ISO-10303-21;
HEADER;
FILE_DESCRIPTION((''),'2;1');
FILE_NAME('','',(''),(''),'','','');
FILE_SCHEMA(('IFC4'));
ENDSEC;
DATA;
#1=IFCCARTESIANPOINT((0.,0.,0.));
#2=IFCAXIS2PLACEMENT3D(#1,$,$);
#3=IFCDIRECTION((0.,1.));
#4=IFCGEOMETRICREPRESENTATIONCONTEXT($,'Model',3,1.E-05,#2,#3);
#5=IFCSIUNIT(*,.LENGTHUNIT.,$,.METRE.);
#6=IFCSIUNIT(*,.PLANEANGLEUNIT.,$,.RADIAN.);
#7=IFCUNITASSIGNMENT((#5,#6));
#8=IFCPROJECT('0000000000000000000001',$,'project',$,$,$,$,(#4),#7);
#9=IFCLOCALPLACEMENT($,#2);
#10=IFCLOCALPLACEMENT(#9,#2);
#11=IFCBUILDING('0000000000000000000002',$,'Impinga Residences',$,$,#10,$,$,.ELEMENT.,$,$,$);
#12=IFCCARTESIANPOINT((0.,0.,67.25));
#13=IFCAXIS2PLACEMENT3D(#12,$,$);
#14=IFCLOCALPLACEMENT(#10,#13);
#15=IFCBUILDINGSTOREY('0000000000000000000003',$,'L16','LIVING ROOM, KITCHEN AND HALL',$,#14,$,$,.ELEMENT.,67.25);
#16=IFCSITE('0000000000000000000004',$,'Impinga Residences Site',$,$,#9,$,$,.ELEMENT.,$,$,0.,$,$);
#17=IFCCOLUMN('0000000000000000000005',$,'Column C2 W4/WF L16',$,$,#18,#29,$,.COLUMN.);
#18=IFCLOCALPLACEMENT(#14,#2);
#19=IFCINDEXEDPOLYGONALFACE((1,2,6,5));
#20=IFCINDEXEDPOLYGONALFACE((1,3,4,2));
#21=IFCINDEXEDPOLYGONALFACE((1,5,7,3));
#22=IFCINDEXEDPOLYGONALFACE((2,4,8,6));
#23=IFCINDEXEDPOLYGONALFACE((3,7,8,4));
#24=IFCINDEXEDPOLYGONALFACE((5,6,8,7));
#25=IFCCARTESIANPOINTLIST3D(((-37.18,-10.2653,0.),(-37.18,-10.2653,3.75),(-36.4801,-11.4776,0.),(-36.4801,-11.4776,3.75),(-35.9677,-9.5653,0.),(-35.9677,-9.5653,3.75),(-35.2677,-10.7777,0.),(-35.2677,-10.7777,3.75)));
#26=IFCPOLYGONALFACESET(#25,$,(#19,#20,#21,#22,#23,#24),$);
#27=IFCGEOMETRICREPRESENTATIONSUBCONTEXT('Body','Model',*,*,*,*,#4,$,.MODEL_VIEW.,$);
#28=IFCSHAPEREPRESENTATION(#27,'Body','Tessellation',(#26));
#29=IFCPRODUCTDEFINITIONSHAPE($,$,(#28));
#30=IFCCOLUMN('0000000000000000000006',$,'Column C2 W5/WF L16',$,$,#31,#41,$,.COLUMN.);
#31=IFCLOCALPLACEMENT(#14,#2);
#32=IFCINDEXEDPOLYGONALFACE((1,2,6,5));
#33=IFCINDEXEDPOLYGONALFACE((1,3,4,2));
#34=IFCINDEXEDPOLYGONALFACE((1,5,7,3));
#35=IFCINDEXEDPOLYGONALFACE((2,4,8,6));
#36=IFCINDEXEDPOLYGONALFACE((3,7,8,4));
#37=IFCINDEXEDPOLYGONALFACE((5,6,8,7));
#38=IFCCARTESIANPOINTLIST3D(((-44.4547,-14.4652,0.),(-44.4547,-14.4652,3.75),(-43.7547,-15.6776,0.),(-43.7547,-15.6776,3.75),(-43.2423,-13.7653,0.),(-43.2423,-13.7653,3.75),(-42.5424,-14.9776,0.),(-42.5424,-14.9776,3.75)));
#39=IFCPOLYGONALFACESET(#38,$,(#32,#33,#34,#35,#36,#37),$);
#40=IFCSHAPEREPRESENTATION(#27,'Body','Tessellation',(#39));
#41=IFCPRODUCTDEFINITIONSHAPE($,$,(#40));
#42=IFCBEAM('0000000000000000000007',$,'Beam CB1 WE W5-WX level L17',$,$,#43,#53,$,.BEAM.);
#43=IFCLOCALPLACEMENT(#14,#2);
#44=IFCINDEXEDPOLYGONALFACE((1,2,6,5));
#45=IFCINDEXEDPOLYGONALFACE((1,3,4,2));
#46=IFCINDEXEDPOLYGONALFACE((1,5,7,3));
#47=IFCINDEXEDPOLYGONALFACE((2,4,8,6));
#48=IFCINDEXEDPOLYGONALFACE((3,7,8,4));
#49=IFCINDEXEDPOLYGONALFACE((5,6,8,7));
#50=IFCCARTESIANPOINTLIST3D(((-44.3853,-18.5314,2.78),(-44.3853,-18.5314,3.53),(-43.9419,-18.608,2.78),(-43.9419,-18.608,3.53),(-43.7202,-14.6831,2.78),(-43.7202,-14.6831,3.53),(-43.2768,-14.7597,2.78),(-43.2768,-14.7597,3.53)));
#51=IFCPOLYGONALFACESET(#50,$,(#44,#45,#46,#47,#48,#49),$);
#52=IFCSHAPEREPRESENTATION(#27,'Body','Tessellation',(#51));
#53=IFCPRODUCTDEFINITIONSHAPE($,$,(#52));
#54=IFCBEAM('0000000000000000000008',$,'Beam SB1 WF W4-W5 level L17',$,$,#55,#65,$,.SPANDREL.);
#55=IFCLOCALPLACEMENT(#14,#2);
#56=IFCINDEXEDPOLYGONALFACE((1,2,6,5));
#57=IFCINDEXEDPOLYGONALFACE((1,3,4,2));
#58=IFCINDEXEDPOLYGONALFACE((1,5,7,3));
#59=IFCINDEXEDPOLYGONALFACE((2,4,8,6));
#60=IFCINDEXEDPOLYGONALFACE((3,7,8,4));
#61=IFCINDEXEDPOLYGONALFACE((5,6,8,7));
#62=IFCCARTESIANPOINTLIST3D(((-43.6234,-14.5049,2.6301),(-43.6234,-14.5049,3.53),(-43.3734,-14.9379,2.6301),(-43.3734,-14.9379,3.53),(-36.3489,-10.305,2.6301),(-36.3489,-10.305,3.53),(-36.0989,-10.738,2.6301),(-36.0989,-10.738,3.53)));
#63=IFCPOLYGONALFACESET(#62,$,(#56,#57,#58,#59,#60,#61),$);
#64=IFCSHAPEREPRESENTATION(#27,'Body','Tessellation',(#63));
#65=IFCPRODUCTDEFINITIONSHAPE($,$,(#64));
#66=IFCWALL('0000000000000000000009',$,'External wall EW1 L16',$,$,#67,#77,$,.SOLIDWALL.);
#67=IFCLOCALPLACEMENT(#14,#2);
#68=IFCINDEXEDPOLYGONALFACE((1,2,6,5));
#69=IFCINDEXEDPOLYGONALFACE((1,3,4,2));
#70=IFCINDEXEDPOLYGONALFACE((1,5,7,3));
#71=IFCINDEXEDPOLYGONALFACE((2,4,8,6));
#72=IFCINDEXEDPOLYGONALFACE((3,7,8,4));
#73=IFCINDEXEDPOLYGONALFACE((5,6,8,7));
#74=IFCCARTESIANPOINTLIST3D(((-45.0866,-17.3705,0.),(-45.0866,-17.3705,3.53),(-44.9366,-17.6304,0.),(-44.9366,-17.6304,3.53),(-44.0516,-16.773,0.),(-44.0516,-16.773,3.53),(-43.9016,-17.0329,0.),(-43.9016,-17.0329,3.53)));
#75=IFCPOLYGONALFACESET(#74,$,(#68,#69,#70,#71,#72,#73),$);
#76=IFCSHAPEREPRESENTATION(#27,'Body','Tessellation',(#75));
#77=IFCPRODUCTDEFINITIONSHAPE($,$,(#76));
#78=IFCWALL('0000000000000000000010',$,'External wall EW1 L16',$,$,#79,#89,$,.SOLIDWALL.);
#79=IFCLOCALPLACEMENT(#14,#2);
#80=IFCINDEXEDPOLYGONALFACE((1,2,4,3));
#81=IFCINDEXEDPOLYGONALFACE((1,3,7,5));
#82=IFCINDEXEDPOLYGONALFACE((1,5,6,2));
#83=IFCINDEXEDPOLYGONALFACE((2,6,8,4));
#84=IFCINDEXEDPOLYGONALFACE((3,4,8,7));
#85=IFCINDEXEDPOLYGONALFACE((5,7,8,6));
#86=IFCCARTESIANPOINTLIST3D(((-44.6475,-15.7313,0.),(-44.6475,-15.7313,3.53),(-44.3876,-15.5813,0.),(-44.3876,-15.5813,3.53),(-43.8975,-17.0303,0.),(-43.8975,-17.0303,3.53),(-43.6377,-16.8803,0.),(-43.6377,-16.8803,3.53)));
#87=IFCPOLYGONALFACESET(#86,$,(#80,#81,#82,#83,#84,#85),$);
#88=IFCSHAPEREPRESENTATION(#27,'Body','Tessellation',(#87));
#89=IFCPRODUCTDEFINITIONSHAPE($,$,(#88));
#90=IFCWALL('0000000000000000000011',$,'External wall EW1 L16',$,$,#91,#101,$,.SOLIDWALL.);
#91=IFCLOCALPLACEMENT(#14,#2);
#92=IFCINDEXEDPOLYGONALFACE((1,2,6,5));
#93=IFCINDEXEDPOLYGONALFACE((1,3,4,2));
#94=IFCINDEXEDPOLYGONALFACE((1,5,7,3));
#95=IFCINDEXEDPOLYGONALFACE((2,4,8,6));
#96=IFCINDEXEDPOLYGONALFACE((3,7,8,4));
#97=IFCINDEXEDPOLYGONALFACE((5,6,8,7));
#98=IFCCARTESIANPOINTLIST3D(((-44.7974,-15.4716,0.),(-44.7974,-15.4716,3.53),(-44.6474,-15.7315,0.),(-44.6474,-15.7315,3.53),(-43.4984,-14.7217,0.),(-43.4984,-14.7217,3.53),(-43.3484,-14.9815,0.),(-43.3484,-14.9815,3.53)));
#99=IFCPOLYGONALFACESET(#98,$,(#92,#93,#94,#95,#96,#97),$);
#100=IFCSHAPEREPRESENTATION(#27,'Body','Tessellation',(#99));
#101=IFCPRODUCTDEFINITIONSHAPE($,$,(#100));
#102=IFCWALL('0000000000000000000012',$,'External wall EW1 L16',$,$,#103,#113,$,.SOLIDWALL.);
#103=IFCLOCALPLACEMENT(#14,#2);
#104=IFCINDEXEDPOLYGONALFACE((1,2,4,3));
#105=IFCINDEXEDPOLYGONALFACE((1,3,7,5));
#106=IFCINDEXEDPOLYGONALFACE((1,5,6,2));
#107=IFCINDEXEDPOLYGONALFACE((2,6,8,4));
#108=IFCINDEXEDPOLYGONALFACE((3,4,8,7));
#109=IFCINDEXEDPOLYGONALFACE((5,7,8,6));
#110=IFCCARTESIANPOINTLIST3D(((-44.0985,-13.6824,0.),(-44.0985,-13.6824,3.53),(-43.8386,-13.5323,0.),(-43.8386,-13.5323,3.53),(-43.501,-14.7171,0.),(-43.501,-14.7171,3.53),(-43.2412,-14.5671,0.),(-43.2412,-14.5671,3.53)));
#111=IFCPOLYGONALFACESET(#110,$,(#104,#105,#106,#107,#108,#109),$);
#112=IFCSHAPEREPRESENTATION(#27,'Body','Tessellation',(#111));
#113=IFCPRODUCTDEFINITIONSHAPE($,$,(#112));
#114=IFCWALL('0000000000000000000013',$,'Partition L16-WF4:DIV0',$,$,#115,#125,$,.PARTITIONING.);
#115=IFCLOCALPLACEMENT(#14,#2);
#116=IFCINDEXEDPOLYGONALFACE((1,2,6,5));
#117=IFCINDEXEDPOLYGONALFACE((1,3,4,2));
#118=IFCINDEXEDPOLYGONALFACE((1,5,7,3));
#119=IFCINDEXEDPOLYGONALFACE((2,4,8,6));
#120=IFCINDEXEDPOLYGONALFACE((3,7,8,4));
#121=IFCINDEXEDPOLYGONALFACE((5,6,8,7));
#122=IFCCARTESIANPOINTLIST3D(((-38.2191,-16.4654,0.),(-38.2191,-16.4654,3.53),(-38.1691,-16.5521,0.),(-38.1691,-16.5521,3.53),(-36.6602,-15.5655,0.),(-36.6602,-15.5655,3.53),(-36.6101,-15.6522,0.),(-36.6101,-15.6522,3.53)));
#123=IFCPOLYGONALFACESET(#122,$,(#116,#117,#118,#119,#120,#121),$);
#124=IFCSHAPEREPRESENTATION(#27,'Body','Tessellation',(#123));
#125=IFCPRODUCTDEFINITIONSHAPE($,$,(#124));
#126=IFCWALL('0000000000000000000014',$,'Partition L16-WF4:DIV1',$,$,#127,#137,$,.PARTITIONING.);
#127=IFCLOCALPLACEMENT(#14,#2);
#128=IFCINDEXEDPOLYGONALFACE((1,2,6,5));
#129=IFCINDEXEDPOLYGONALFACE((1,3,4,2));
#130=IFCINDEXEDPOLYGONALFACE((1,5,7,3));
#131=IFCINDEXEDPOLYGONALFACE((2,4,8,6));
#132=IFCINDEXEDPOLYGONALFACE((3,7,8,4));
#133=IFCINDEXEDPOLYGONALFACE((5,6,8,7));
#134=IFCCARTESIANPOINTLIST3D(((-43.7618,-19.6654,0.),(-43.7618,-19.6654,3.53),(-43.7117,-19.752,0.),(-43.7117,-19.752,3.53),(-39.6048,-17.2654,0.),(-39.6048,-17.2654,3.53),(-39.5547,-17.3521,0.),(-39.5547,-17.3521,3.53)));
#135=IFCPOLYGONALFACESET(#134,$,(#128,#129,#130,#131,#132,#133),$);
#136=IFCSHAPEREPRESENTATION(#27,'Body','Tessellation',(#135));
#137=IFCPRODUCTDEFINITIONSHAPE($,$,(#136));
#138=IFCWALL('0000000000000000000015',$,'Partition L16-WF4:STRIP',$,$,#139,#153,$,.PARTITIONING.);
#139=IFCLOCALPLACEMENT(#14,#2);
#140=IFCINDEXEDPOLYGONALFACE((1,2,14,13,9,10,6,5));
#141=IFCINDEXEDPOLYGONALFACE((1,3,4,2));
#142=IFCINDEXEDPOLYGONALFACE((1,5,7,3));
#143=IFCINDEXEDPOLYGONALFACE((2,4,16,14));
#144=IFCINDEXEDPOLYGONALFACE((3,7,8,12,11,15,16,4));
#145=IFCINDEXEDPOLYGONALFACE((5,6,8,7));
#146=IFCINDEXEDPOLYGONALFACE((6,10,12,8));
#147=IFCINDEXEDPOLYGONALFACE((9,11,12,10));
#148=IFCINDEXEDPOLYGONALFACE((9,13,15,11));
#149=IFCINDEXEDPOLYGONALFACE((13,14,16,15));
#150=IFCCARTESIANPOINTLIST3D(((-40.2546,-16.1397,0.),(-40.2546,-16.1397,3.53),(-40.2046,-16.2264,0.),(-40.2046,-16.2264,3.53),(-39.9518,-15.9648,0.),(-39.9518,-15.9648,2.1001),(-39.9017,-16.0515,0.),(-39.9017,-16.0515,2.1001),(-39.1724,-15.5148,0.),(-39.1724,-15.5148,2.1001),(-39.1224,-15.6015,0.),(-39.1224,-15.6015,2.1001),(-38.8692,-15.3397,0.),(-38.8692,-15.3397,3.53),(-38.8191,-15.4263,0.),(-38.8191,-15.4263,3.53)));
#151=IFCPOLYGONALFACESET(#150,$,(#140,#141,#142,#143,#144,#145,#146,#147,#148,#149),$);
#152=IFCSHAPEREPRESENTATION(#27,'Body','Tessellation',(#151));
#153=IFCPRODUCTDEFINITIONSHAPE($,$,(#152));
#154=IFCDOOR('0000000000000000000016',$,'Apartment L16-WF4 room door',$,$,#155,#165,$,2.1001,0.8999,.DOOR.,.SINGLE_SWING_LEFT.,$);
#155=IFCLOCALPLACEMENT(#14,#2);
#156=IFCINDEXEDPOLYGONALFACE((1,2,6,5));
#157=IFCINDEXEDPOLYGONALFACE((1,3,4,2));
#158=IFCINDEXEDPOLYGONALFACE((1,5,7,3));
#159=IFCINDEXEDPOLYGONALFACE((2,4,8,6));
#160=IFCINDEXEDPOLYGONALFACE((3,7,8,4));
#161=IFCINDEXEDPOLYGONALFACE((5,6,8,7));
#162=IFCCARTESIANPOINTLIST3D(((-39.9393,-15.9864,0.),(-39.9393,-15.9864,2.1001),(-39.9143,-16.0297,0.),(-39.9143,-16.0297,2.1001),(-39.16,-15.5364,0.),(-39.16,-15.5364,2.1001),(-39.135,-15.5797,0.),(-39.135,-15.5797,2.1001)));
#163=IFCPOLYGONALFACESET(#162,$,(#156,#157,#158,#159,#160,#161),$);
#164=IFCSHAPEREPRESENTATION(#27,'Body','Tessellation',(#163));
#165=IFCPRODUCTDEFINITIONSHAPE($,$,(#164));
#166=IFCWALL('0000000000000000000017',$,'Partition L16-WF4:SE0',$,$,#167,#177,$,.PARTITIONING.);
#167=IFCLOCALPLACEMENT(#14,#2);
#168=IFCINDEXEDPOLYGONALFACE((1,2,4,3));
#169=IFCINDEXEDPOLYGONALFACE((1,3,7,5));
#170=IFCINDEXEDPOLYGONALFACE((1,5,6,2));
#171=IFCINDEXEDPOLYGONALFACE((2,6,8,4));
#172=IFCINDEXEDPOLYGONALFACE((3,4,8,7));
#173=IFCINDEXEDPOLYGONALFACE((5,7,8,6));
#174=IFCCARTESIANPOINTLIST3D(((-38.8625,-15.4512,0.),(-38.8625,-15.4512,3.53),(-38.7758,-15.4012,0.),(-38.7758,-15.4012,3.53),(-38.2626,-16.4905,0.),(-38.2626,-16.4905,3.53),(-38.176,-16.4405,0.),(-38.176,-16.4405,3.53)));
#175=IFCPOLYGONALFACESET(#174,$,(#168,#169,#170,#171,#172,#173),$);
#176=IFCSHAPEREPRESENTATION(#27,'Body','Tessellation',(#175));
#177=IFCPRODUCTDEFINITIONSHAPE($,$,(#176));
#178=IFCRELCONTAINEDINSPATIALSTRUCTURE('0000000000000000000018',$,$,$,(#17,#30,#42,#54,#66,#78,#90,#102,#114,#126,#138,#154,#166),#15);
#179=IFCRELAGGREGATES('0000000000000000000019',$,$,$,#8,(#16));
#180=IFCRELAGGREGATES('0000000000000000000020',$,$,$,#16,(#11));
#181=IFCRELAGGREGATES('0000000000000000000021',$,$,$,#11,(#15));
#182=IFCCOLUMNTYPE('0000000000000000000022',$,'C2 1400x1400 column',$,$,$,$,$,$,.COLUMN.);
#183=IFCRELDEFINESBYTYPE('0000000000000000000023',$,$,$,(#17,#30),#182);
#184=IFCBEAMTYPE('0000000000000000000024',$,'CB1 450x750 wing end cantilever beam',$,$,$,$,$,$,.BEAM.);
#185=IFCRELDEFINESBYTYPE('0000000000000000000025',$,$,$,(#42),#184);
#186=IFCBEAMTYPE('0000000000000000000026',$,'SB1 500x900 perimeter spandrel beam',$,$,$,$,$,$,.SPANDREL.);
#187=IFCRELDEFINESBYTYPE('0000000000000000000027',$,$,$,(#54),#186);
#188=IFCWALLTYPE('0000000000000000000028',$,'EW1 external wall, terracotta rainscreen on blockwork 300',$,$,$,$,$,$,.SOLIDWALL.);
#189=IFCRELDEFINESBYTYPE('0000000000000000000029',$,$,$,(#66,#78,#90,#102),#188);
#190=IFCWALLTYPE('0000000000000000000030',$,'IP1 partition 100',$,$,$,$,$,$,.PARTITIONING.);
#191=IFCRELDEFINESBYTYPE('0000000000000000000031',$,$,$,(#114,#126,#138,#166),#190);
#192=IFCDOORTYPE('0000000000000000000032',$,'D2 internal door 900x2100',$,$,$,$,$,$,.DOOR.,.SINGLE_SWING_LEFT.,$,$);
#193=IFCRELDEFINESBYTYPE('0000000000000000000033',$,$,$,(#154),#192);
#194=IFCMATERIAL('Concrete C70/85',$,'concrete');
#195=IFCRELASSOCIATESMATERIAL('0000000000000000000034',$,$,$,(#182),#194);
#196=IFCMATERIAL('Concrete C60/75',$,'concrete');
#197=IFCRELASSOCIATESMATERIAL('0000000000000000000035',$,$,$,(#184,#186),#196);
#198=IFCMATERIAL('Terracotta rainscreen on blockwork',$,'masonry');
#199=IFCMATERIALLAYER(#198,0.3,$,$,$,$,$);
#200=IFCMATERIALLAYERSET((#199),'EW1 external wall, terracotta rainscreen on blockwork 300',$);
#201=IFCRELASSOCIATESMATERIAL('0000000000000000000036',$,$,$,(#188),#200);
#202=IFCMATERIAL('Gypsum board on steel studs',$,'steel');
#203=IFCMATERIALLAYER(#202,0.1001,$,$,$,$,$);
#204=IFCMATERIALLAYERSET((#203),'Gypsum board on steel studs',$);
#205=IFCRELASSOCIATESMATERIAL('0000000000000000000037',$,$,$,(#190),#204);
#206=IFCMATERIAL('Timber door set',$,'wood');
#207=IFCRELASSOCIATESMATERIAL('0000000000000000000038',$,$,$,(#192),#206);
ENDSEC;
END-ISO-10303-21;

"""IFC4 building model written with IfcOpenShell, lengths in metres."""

from ifc_helpers import new_model, si_unit, direction, frame, frame_2d, origin, origin_2d, place, context, subcontext, project, spatial, rectangle, extrude, material, layer, layer_set, material_profile, profile_set, type_object, element, fill, save


model = new_model("IFC4")

# Units and contexts
model_context = context("Model", 3, precision=1e-05, world=origin(), true_north=direction((0.0, 1.0)))
body_context = subcontext(model_context, "Body", "Model", "MODEL_VIEW")
ifc_project = project(units=[si_unit("LENGTHUNIT", "METRE"), si_unit("PLANEANGLEUNIT", "RADIAN")], contexts=[model_context])

# Site, building, storey
site_placement = place(None, origin())
site = spatial("IfcSite", under=ifc_project, at=site_placement, Name="Impinga Residences Site", CompositionType="ELEMENT", RefElevation=0.0)
building_placement = place(site_placement, origin())
building = spatial("IfcBuilding", under=site, at=building_placement, Name="Impinga Residences", CompositionType="ELEMENT")
storey_placement = place(building_placement, frame((0.0, 0.0, 67.25)))
storey = spatial("IfcBuildingStorey", under=building, at=storey_placement, Name="L16", Description="LIVING ROOM, KITCHEN AND HALL", CompositionType="ELEMENT", Elevation=67.25)

# Columns
ifc_material_1 = material(Name="Concrete C70/85", Category="concrete")
ifc_material_profile_1 = material_profile(ifc_material_1, rectangle(XDim=1.3999, YDim=1.3999, at=origin_2d()), Name="RC 1400x1400")
ifc_profile_set_1 = profile_set([ifc_material_profile_1], Name="Concrete C70/85")
column_type = type_object("IfcColumnType", Name="C2 1400x1400 column", PredefinedType="COLUMN", material=ifc_profile_set_1)
for number, where, z_axis, x_axis, name in (
    (1, (-36.2239, -10.5215, 0.0), (0.0, 0.0, 1.0), (-0.5, 0.866025, 0.0), "Column C2 W4/WF L16"),
    (2, (-43.4985, -14.7214, 0.0), (0.0, 0.0, 1.0), (-0.5, 0.866025, 0.0), "Column C2 W5/WF L16"),
):
    element("IfcColumn", number, at=place(storey_placement, frame(where, z_axis=z_axis, x_axis=x_axis)), inside=storey, type_object=column_type, Name=name, PredefinedType="COLUMN", context=body_context, shape_type="SweptSolid", body=[
        extrude(rectangle(XDim=1.3999, YDim=1.3999, at=origin_2d()), origin(), (0.0, 0.0, 1.0), 3.75),
    ])

# Beams
ifc_material_2 = material(Name="Concrete C60/75", Category="concrete")
ifc_material_profile_2 = material_profile(ifc_material_2, rectangle(XDim=0.45, YDim=0.75, at=origin_2d()), Name="RC 450x750")
ifc_profile_set_2 = profile_set([ifc_material_profile_2], Name="Concrete C60/75")
beam_type_1 = type_object("IfcBeamType", Name="CB1 450x750 wing end cantilever beam", PredefinedType="BEAM", material=ifc_profile_set_2)
beam_1_placement = place(storey_placement, frame((-43.4985, -14.7214, 3.155), z_axis=(-0.170296, -0.985393, 0.0), x_axis=(0.985393, -0.170296, 0.0)))
element("IfcBeam", 3, at=beam_1_placement, inside=storey, type_object=beam_type_1, Name="Beam CB1 WE W5-WX level L17", PredefinedType="BEAM", context=body_context, shape_type="SweptSolid", body=[
    extrude(rectangle(XDim=0.45, YDim=0.75, at=origin_2d()), origin(), (0.0, 0.0, 1.0), 3.9053),
])
ifc_material_profile_3 = material_profile(ifc_material_2, rectangle(XDim=0.5, YDim=0.8999, at=origin_2d()), Name="RC 500x900")
ifc_profile_set_3 = profile_set([ifc_material_profile_3], Name="Concrete C60/75")
beam_type_2 = type_object("IfcBeamType", Name="SB1 500x900 perimeter spandrel beam", PredefinedType="SPANDREL", material=ifc_profile_set_3)
beam_2_placement = place(storey_placement, frame((-36.2239, -10.5215, 3.0801), z_axis=(-0.866029, -0.499993, 0.0), x_axis=(0.499993, -0.866029, 0.0)))
element("IfcBeam", 4, at=beam_2_placement, inside=storey, type_object=beam_type_2, Name="Beam SB1 WF W4-W5 level L17", PredefinedType="SPANDREL", context=body_context, shape_type="SweptSolid", body=[
    extrude(rectangle(XDim=0.5, YDim=0.8999, at=origin_2d()), origin(), (0.0, 0.0, 1.0), 8.3999),
])

# Walls
ifc_material_3 = material(Name="Terracotta rainscreen on blockwork", Category="masonry")
ifc_layer_1 = layer(ifc_material_3, 0.3)
ifc_layer_set_1 = layer_set([ifc_layer_1], Name="EW1 external wall, terracotta rainscreen on blockwork 300")
wall_type_1 = type_object("IfcWallType", Name="EW1 external wall, terracotta rainscreen on blockwork 300", PredefinedType="SOLIDWALL", material=ifc_layer_set_1)
wall_1_placement = place(storey_placement, frame((-45.0117, -17.5005, 0.0), z_axis=(0.0, 0.0, 1.0), x_axis=(0.86606, 0.499941, 0.0)))
element("IfcWall", 5, at=wall_1_placement, inside=storey, type_object=wall_type_1, Name="External wall EW1 L16", PredefinedType="SOLIDWALL", context=body_context, shape_type="SweptSolid", body=[
    extrude(rectangle(XDim=1.1951, YDim=0.3, at=frame_2d((0.5977, 0.0))), origin(), (0.0, 0.0, 1.0), 3.53),
])
for number, where, z_axis, x_axis, name in (
    (6, (-43.7676, -16.9553, 0.0), (0.0, 0.0, 1.0), (-0.49999, 0.866031, 0.0), "External wall EW1 L16"),
    (7, (-44.7224, -15.6016, 0.0), (0.0, 0.0, 1.0), (0.866031, 0.49999, 0.0), "External wall EW1 L16"),
):
    element("IfcWall", number, at=place(storey_placement, frame(where, z_axis=z_axis, x_axis=x_axis)), inside=storey, type_object=wall_type_1, Name=name, PredefinedType="SOLIDWALL", context=body_context, shape_type="SweptSolid", body=[
        extrude(rectangle(XDim=1.5, YDim=0.3, at=frame_2d((0.75, 0.0))), origin(), (0.0, 0.0, 1.0), 3.53),
    ])
wall_2_placement = place(storey_placement, frame((-43.3711, -14.6421, 0.0), z_axis=(0.0, 0.0, 1.0), x_axis=(-0.500029, 0.866009, 0.0)))
element("IfcWall", 8, at=wall_2_placement, inside=storey, type_object=wall_type_1, Name="External wall EW1 L16", PredefinedType="SOLIDWALL", context=body_context, shape_type="SweptSolid", body=[
    extrude(rectangle(XDim=1.1948, YDim=0.3, at=frame_2d((0.5974, 0.0))), origin(), (0.0, 0.0, 1.0), 3.53),
])

# Walls
ifc_material_4 = material(Name="Gypsum board on steel studs", Category="steel")
ifc_layer_2 = layer(ifc_material_4, 0.1001)
ifc_layer_set_2 = layer_set([ifc_layer_2], Name="Gypsum board on steel studs")
wall_type_2 = type_object("IfcWallType", Name="IP1 partition 100", PredefinedType="PARTITIONING", material=ifc_layer_set_2)
wall_3_placement = place(storey_placement, frame((-36.6353, -15.6089, 0.0), z_axis=(0.0, 0.0, 1.0), x_axis=(-0.866048, -0.499961, 0.0)))
element("IfcWall", 9, at=wall_3_placement, inside=storey, type_object=wall_type_2, Name="Partition L16-WF4:DIV0", PredefinedType="PARTITIONING", context=body_context, shape_type="SweptSolid", body=[
    extrude(rectangle(XDim=1.8, YDim=0.1001, at=frame_2d((0.8999, 0.0))), origin(), (0.0, 0.0, 1.0), 3.53),
])
wall_4_placement = place(storey_placement, frame((-39.5798, -17.3088, 0.0), z_axis=(0.0, 0.0, 1.0), x_axis=(-0.866037, -0.499979, 0.0)))
element("IfcWall", 10, at=wall_4_placement, inside=storey, type_object=wall_type_2, Name="Partition L16-WF4:DIV1", PredefinedType="PARTITIONING", context=body_context, shape_type="SweptSolid", body=[
    extrude(rectangle(XDim=4.8, YDim=0.1001, at=frame_2d((2.3999, 0.0))), origin(), (0.0, 0.0, 1.0), 3.53),
])

# Wall, opening, door
wall_5_placement = place(storey_placement, frame((-38.8442, -15.3831, 0.0), z_axis=(0.0, 0.0, 1.0), x_axis=(-0.86599, -0.500061, 0.0)))
wall_5 = element("IfcWall", 11, at=wall_5_placement, inside=storey, type_object=wall_type_2, Name="Partition L16-WF4:STRIP", PredefinedType="PARTITIONING", context=body_context, shape_type="SweptSolid", body=[
    extrude(rectangle(XDim=1.5999, YDim=0.1001, at=frame_2d((0.7998, 0.0))), origin(), (0.0, 0.0, 1.0), 3.53),
])
opening_1_placement = place(wall_5_placement, frame((0.3501, 0.0, 0.0)))
opening_1 = element("IfcOpeningElement", 12, at=opening_1_placement, cuts=wall_5, PredefinedType="OPENING", context=body_context, shape_type="SweptSolid", body=[
    extrude(rectangle(XDim=0.8999, YDim=2.1001, at=frame_2d((0.45, 1.05))), frame((0.0, 0.0601, 0.0), z_axis=(0.0, -1.0, 0.0), x_axis=(1.0, 0.0, 0.0)), (0.0, 0.0, 1.0), 0.1201),
])
ifc_material_5 = material(Name="Timber door set", Category="wood")
door_type = type_object("IfcDoorType", Name="D2 internal door 900x2100", OperationType="SINGLE_SWING_LEFT", PredefinedType="DOOR", material=ifc_material_5)
door_placement = place(opening_1_placement, origin())
door = element("IfcDoor", 13, at=door_placement, inside=storey, type_object=door_type, Name="Apartment L16-WF4 room door", OperationType="SINGLE_SWING_LEFT", OverallHeight=2.1001, OverallWidth=0.8999, PredefinedType="DOOR", context=body_context, shape_type="SweptSolid", body=[
    extrude(rectangle(XDim=0.8999, YDim=2.1001, at=frame_2d((0.45, 1.05))), frame((0.0, 0.0249, 0.0), z_axis=(0.0, -1.0, 0.0), x_axis=(1.0, 0.0, 0.0)), (0.0, 0.0, 1.0), 0.05),
])
fill(opening_1, door)

# Wall
wall_6_placement = place(storey_placement, frame((-38.2192, -16.4656, 0.0), z_axis=(0.0, 0.0, 1.0), x_axis=(-0.499881, 0.866094, 0.0)))
element("IfcWall", 14, at=wall_6_placement, inside=storey, type_object=wall_type_2, Name="Partition L16-WF4:SE0", PredefinedType="PARTITIONING", context=body_context, shape_type="SweptSolid", body=[
    extrude(rectangle(XDim=1.2, YDim=0.1001, at=frame_2d((0.6001, 0.0))), origin(), (0.0, 0.0, 1.0), 3.53),
])

save(model, "model.ifc")
